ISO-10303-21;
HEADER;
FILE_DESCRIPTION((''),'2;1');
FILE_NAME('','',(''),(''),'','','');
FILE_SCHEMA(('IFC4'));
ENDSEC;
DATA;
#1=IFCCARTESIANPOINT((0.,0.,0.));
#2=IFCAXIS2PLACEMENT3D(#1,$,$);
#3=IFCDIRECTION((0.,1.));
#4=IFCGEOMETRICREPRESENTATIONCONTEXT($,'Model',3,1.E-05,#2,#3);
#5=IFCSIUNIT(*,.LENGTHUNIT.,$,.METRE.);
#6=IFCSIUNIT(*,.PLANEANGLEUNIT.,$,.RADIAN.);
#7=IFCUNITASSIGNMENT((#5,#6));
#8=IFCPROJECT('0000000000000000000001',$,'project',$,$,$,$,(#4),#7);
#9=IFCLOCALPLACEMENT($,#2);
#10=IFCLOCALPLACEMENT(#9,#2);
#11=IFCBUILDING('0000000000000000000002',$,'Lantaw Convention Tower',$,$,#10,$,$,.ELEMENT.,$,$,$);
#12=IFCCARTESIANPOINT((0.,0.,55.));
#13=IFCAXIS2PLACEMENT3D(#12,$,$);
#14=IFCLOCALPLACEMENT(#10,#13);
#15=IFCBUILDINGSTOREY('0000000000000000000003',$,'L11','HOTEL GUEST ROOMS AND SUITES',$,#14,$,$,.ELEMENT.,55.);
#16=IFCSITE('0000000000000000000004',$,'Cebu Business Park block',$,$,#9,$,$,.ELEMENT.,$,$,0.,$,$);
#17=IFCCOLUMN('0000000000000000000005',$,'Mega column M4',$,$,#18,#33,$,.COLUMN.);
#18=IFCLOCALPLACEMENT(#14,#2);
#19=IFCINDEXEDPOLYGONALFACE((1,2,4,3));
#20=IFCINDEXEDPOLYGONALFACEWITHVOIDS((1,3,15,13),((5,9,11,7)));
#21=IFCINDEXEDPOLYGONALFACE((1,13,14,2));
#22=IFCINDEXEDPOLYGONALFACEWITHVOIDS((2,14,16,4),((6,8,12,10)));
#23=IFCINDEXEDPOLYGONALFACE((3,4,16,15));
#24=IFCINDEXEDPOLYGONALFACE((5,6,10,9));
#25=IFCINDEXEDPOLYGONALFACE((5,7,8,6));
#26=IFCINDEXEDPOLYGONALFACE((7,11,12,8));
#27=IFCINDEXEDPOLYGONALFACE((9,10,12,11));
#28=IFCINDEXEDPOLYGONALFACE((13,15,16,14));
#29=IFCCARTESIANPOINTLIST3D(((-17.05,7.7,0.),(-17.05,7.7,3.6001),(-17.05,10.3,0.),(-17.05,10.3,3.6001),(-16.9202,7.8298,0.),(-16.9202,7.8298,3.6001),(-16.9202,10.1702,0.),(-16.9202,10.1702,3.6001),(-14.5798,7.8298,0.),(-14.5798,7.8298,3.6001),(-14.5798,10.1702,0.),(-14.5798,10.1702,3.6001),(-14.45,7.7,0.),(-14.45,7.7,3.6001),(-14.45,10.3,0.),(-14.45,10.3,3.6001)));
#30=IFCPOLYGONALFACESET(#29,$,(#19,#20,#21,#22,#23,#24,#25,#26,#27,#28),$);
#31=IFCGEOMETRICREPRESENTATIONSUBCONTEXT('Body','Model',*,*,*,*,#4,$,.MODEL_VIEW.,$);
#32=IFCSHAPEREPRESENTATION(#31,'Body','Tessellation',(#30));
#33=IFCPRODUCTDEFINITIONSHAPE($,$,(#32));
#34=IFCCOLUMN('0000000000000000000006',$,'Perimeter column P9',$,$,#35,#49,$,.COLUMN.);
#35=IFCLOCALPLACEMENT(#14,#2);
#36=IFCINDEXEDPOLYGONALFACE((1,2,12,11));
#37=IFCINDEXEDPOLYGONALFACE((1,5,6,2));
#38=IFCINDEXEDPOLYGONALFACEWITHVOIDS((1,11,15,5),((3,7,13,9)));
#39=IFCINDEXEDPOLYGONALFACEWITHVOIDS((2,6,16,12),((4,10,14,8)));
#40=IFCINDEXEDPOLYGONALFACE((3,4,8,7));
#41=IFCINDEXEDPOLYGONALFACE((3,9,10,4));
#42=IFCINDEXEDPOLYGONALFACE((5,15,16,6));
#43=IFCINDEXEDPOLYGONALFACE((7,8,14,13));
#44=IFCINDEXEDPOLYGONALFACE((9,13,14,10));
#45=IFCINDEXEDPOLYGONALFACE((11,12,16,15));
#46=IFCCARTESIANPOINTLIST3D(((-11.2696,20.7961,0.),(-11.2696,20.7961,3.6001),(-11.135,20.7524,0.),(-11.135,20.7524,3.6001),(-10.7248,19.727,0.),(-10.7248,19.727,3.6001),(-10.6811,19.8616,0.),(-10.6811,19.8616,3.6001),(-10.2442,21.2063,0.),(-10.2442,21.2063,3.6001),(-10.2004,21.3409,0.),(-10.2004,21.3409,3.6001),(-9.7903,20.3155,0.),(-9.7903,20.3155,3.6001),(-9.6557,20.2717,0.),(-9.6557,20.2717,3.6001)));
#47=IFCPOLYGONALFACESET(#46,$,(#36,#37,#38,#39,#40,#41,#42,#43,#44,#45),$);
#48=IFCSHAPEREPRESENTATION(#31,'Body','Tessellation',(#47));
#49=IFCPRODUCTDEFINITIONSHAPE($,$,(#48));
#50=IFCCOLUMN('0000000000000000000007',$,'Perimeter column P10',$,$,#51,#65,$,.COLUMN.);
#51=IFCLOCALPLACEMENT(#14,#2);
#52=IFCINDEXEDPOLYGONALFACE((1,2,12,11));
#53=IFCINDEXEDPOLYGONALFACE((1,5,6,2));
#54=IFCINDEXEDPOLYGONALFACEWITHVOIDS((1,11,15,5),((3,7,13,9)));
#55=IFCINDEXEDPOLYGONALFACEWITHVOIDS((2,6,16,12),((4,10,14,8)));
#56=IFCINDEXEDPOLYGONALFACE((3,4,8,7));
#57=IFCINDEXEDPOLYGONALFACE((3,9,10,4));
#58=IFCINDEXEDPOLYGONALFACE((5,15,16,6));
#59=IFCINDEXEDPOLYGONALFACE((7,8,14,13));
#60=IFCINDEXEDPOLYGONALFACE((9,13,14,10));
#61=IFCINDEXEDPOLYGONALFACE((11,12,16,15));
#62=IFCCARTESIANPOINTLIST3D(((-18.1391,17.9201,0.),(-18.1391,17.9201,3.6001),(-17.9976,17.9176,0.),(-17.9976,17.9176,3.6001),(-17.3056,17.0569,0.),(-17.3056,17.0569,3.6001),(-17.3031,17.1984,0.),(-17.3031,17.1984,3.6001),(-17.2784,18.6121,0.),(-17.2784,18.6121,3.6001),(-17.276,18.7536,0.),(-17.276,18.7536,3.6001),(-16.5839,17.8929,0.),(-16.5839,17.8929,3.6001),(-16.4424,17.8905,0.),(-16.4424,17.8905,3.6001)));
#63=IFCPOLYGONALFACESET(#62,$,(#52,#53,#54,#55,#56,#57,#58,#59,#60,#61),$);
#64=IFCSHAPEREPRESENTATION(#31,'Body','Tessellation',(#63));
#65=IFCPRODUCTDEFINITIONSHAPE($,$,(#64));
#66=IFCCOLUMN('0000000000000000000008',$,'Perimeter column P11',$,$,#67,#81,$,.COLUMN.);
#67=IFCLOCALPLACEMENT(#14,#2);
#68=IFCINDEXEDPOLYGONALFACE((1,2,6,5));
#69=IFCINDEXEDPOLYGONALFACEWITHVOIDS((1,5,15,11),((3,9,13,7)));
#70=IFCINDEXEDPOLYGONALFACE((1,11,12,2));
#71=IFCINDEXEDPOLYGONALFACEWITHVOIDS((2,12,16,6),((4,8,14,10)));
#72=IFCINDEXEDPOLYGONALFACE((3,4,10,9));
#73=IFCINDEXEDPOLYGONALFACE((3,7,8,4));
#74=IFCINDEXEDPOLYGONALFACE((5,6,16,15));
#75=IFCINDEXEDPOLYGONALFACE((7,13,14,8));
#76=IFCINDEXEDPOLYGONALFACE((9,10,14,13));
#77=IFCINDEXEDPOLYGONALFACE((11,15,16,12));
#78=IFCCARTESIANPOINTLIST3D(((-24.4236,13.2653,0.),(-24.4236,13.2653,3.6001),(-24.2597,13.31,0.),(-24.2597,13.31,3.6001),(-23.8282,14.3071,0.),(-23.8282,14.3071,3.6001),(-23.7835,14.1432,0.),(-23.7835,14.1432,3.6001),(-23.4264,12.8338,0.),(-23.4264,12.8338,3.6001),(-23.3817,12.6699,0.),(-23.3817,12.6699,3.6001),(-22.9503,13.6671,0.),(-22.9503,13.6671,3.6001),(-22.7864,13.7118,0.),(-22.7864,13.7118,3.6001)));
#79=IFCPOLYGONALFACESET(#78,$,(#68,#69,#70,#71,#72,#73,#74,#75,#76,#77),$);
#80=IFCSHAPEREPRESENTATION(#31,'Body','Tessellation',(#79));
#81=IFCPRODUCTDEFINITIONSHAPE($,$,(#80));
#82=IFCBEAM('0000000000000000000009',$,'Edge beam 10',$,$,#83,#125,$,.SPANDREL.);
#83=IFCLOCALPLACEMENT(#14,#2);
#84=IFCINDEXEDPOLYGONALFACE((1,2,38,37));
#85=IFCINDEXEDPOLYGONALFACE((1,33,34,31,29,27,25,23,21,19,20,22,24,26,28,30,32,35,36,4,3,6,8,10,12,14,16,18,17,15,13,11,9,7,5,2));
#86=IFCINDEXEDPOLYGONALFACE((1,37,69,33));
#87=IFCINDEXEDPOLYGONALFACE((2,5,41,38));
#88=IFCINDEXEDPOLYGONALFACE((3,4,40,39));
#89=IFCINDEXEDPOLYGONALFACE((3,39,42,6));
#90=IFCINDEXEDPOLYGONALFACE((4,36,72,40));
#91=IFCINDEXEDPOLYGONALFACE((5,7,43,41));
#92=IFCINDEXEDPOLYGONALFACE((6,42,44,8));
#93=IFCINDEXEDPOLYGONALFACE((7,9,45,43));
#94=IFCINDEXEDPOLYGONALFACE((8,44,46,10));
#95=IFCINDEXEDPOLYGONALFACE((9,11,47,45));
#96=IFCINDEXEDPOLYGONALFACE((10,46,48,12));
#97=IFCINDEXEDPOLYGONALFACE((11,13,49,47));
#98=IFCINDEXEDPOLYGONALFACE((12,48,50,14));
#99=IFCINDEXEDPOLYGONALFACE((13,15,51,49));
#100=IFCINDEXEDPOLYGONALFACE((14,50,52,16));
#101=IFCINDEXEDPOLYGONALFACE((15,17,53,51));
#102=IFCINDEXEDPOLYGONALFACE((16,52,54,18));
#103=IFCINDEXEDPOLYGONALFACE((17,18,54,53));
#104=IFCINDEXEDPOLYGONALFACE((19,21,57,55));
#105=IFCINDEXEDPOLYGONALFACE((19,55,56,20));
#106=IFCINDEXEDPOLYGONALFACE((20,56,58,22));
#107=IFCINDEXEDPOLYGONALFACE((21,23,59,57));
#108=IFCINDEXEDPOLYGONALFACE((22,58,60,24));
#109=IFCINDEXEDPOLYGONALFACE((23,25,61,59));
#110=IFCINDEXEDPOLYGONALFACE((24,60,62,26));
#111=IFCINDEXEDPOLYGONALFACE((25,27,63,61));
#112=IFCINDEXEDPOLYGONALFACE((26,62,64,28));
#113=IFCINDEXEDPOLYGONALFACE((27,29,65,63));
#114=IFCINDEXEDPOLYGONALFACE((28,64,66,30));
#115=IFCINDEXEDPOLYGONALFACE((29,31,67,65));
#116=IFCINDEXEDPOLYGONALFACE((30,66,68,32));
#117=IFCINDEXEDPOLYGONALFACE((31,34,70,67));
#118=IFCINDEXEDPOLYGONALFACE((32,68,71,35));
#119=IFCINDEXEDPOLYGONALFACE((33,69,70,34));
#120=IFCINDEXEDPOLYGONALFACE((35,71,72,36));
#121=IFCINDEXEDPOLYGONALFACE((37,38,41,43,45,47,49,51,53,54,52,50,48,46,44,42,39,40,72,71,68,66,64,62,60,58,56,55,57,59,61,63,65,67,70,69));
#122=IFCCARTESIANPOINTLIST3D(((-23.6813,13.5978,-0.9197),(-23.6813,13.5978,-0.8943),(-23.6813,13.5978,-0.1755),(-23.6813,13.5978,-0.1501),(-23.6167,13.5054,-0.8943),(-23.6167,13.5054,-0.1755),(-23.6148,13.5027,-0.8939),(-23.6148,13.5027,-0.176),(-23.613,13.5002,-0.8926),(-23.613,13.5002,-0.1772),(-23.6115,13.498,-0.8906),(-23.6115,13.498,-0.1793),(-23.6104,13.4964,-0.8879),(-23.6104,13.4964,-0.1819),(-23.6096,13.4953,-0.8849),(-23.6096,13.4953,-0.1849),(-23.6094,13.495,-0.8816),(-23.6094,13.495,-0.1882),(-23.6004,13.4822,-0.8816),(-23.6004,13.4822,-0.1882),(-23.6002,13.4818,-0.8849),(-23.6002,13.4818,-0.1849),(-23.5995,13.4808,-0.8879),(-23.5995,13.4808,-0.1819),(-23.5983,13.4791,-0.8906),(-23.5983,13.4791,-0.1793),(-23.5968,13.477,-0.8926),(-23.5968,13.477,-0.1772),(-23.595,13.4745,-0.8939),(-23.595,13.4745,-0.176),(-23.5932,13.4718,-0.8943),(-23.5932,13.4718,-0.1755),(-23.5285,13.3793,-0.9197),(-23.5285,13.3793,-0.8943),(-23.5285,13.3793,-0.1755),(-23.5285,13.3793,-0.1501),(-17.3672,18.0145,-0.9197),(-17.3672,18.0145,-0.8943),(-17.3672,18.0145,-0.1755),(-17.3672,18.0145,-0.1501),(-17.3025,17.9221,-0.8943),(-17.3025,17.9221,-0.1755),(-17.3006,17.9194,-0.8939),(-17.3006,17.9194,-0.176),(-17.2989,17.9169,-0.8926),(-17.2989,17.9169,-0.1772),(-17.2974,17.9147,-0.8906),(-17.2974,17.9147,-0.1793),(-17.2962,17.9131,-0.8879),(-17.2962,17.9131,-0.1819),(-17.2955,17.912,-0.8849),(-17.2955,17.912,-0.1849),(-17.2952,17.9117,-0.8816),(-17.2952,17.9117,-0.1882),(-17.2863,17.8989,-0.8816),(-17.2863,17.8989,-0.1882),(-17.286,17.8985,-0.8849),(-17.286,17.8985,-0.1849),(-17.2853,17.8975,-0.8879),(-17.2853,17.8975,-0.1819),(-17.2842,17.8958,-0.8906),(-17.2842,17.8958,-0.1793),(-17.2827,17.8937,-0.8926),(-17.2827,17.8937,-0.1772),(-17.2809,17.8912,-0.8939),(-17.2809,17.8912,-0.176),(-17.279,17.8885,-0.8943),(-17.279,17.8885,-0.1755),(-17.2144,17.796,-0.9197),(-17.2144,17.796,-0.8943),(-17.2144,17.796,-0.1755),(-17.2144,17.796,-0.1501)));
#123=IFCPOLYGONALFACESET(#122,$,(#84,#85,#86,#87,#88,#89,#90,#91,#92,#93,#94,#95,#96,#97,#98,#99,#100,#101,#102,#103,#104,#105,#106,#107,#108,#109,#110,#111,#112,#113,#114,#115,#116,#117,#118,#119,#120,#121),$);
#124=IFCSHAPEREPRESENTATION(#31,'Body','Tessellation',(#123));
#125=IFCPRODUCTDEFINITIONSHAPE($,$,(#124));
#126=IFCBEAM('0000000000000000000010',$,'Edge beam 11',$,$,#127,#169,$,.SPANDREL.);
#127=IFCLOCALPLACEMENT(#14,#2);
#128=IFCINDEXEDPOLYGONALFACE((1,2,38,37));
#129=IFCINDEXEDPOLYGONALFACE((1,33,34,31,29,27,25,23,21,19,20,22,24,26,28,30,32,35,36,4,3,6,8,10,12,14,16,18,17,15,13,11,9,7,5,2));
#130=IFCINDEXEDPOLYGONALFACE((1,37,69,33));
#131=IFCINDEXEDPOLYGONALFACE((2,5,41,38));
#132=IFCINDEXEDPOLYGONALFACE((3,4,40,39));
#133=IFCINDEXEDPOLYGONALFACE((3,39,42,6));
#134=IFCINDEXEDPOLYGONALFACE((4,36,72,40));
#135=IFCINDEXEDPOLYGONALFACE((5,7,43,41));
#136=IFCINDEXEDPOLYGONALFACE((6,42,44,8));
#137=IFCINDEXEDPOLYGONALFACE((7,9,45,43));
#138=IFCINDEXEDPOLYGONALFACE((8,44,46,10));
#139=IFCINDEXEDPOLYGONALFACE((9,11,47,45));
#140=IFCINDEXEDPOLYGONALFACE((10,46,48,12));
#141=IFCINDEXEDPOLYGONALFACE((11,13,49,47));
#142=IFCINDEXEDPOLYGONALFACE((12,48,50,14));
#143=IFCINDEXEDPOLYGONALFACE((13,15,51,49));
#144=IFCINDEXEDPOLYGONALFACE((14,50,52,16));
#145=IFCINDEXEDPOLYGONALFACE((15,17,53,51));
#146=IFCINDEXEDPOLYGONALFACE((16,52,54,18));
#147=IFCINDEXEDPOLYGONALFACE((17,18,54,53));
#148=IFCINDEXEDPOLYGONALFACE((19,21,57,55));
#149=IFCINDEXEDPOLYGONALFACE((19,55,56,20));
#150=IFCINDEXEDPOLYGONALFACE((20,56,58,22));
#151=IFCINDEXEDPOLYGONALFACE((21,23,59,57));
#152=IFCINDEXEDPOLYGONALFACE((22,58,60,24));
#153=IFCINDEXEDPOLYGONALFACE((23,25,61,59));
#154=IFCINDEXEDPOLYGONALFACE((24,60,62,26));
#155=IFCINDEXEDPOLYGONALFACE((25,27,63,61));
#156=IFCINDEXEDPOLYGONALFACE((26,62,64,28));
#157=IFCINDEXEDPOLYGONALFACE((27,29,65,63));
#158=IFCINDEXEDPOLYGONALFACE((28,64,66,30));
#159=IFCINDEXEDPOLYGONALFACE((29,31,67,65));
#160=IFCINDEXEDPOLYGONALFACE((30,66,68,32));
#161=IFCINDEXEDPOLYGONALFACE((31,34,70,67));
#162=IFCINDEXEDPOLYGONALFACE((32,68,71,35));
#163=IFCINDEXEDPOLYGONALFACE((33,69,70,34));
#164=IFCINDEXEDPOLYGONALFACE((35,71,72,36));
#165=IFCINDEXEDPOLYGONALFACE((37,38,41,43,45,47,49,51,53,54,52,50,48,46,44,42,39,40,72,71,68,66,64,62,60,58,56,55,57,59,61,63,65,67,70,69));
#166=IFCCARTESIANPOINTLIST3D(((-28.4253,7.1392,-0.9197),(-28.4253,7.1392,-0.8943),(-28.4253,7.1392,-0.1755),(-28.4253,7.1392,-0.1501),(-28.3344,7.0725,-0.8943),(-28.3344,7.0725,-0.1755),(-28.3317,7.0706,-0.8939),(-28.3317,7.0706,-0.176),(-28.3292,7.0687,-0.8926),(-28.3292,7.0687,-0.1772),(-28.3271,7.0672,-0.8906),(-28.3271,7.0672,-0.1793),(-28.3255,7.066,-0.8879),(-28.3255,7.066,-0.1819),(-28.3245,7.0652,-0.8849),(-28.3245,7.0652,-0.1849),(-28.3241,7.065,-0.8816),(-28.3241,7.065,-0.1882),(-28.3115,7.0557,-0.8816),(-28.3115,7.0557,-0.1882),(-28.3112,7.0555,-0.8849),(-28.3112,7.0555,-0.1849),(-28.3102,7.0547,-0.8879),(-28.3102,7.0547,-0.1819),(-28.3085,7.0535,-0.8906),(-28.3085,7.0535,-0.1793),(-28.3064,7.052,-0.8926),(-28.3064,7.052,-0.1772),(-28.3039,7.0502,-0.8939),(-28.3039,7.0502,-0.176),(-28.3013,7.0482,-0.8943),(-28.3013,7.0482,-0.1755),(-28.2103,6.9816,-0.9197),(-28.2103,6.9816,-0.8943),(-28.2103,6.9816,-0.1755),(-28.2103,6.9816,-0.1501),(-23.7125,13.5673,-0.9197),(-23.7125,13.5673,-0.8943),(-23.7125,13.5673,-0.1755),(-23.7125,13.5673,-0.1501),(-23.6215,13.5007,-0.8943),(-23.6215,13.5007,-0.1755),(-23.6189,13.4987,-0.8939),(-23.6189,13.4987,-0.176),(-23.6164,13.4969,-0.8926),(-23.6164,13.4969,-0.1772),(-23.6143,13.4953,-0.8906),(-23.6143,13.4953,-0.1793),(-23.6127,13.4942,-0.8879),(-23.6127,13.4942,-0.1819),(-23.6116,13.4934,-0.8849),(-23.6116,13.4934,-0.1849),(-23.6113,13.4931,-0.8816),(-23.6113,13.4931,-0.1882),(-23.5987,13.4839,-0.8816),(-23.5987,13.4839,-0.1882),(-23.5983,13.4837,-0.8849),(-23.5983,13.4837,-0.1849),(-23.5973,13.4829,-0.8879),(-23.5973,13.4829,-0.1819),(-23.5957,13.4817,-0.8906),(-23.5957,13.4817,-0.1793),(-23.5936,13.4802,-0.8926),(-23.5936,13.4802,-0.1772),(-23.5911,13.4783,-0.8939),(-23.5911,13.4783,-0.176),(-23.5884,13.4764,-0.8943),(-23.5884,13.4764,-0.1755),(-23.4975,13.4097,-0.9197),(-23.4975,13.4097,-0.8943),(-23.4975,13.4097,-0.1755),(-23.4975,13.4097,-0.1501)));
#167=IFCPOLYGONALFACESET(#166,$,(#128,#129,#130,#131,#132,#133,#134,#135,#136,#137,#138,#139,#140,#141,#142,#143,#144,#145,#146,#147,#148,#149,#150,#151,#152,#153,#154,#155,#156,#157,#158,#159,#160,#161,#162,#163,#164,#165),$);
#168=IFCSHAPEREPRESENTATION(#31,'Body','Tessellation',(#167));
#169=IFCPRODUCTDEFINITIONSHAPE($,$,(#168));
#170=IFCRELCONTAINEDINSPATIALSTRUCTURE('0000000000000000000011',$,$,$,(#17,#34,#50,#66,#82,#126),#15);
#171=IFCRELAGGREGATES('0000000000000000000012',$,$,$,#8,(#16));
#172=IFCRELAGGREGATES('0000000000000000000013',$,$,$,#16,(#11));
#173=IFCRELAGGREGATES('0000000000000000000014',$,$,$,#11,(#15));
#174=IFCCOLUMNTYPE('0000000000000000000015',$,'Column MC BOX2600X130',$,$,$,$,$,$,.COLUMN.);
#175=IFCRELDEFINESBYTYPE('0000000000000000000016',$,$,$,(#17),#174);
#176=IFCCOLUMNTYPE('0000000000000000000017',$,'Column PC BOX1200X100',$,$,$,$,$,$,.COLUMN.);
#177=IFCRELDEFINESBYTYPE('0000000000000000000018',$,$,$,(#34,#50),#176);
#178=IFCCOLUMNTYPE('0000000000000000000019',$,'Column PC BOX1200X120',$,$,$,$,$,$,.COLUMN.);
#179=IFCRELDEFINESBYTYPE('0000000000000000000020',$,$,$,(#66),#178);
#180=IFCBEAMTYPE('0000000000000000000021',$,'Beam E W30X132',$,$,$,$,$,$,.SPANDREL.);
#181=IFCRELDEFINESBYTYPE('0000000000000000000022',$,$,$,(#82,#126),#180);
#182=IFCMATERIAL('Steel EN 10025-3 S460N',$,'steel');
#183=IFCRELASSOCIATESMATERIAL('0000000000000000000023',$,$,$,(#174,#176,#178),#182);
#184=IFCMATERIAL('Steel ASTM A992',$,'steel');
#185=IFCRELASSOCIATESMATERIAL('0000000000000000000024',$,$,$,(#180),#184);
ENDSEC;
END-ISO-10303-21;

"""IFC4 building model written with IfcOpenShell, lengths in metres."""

from ifc_helpers import new_model, si_unit, direction, frame, origin, origin_2d, place, context, subcontext, project, spatial, rectangle, hollow_rectangle, i_section, extrude, material, material_profile, profile_set, type_object, element, save


model = new_model("IFC4")

# Units and contexts
model_context = context("Model", 3, precision=1e-05, world=origin(), true_north=direction((0.0, 1.0)))
body_context = subcontext(model_context, "Body", "Model", "MODEL_VIEW")
ifc_project = project(units=[si_unit("LENGTHUNIT", "METRE"), si_unit("PLANEANGLEUNIT", "RADIAN")], contexts=[model_context])

# Site, building, storey
site_placement = place(None, origin())
site = spatial("IfcSite", under=ifc_project, at=site_placement, Name="Cebu Business Park block", CompositionType="ELEMENT", RefElevation=0.0)
building_placement = place(site_placement, origin())
building = spatial("IfcBuilding", under=site, at=building_placement, Name="Lantaw Convention Tower", CompositionType="ELEMENT")
storey_placement = place(building_placement, frame((0.0, 0.0, 55.0)))
storey = spatial("IfcBuildingStorey", under=building, at=storey_placement, Name="L11", Description="HOTEL GUEST ROOMS AND SUITES", CompositionType="ELEMENT", Elevation=55.0)

# Columns
ifc_material_1 = material(Name="Steel EN 10025-3 S460N", Category="steel")
ifc_material_profile_1 = material_profile(ifc_material_1, hollow_rectangle(XDim=2.6001, YDim=2.6001, WallThickness=0.1299, at=origin_2d()), Name="BOX2600X130")
ifc_material_2 = material(Name="Concrete C60/75", Category="concrete")
ifc_material_profile_2 = material_profile(ifc_material_2, rectangle(XDim=2.3401, YDim=2.3401, at=origin_2d()), Name="Concrete fill of BOX2600X130")
ifc_profile_set_1 = profile_set([ifc_material_profile_1, ifc_material_profile_2], Name="Steel EN 10025-3 S460N")
column_type_1 = type_object("IfcColumnType", Name="Column MC BOX2600X130", PredefinedType="COLUMN", material=ifc_profile_set_1)
column_1_placement = place(storey_placement, frame((-15.75, 9.0, 0.0), z_axis=(0.0, 0.0, 1.0), x_axis=(1.0, 0.0, 0.0)))
element("IfcColumn", 1, at=column_1_placement, inside=storey, type_object=column_type_1, Name="Mega column M4", PredefinedType="COLUMN", context=body_context, shape_type="SweptSolid", body=[
    extrude(hollow_rectangle(XDim=2.6001, YDim=2.6001, WallThickness=0.1299, at=origin_2d()), origin(), (0.0, 0.0, 1.0), 3.6001),
])
ifc_material_profile_3 = material_profile(ifc_material_1, hollow_rectangle(XDim=1.2, YDim=1.2, WallThickness=0.1001, at=origin_2d()), Name="BOX1200X100")
ifc_material_profile_4 = material_profile(ifc_material_2, rectangle(XDim=1.0, YDim=1.0, at=origin_2d()), Name="Concrete fill of BOX1200X100")
ifc_profile_set_2 = profile_set([ifc_material_profile_3, ifc_material_profile_4], Name="Steel EN 10025-3 S460N")
column_type_2 = type_object("IfcColumnType", Name="Column PC BOX1200X100", PredefinedType="COLUMN", material=ifc_profile_set_2)
for number, where, z_axis, x_axis, name in (
    (2, (-10.4626, 20.5339, 0.0), (0.0, 0.0, 1.0), (0.891007, 0.45399, 0.0), "Perimeter column P9"),
    (3, (-17.2908, 17.9053, 0.0), (0.0, 0.0, 1.0), (0.71934, 0.694658, 0.0), "Perimeter column P10"),
):
    element("IfcColumn", number, at=place(storey_placement, frame(where, z_axis=z_axis, x_axis=x_axis)), inside=storey, type_object=column_type_2, Name=name, PredefinedType="COLUMN", context=body_context, shape_type="SweptSolid", body=[
        extrude(hollow_rectangle(XDim=1.2, YDim=1.2, WallThickness=0.1001, at=origin_2d()), origin(), (0.0, 0.0, 1.0), 3.6001),
    ])
ifc_material_profile_5 = material_profile(ifc_material_1, hollow_rectangle(XDim=1.2, YDim=1.2, WallThickness=0.1201, at=origin_2d()), Name="BOX1200X120")
ifc_material_profile_6 = material_profile(ifc_material_2, rectangle(XDim=0.96, YDim=0.96, at=origin_2d()), Name="Concrete fill of BOX1200X120")
ifc_profile_set_3 = profile_set([ifc_material_profile_5, ifc_material_profile_6], Name="Steel EN 10025-3 S460N")
column_type_3 = type_object("IfcColumnType", Name="Column PC BOX1200X120", PredefinedType="COLUMN", material=ifc_profile_set_3)
column_2_placement = place(storey_placement, frame((-23.605, 13.4885, 0.0), z_axis=(0.0, 0.0, 1.0), x_axis=(0.496139, 0.868243, 0.0)))
element("IfcColumn", 4, at=column_2_placement, inside=storey, type_object=column_type_3, Name="Perimeter column P11", PredefinedType="COLUMN", context=body_context, shape_type="SweptSolid", body=[
    extrude(hollow_rectangle(XDim=1.2, YDim=1.2, WallThickness=0.1201, at=origin_2d()), origin(), (0.0, 0.0, 1.0), 3.6001),
])

# Beams
ifc_material_3 = material(Name="Steel ASTM A992", Category="steel")
ifc_material_profile_7 = material_profile(ifc_material_3, i_section(OverallWidth=0.2666, OverallDepth=0.7695, WebThickness=0.0156, FlangeThickness=0.0254, FilletRadius=0.0127, at=origin_2d()), Name="W30X132")
ifc_profile_set_4 = profile_set([ifc_material_profile_7], Name="Steel ASTM A992")
beam_type_1 = type_object("IfcBeamType", Name="Beam E W30X132", PredefinedType="SPANDREL", material=ifc_profile_set_4)
beam_1_placement = place(storey_placement, frame((-17.2908, 17.9053, -0.5349), z_axis=(-0.819427, -0.573184, 0.0), x_axis=(0.573184, -0.819427, 0.0)))
element("IfcBeam", 5, at=beam_1_placement, inside=storey, type_object=beam_type_1, Name="Edge beam 10", PredefinedType="SPANDREL", context=body_context, shape_type="SweptSolid", body=[
    extrude(i_section(OverallWidth=0.2666, OverallDepth=0.7695, WebThickness=0.0156, FlangeThickness=0.0254, FilletRadius=0.0127, at=origin_2d()), origin(), (0.0, 0.0, 1.0), 7.7056),
])
beam_2_placement = place(storey_placement, frame((-23.605, 13.4885, -0.5349), z_axis=(-0.591271, -0.806473, 0.0), x_axis=(0.806473, -0.591271, 0.0)))
element("IfcBeam", 6, at=beam_2_placement, inside=storey, type_object=beam_type_1, Name="Edge beam 11", PredefinedType="SPANDREL", context=body_context, shape_type="SweptSolid", body=[
    extrude(i_section(OverallWidth=0.2666, OverallDepth=0.7695, WebThickness=0.0156, FlangeThickness=0.0254, FilletRadius=0.0127, at=origin_2d()), origin(), (0.0, 0.0, 1.0), 7.9707),
])

save(model, "model.ifc")
